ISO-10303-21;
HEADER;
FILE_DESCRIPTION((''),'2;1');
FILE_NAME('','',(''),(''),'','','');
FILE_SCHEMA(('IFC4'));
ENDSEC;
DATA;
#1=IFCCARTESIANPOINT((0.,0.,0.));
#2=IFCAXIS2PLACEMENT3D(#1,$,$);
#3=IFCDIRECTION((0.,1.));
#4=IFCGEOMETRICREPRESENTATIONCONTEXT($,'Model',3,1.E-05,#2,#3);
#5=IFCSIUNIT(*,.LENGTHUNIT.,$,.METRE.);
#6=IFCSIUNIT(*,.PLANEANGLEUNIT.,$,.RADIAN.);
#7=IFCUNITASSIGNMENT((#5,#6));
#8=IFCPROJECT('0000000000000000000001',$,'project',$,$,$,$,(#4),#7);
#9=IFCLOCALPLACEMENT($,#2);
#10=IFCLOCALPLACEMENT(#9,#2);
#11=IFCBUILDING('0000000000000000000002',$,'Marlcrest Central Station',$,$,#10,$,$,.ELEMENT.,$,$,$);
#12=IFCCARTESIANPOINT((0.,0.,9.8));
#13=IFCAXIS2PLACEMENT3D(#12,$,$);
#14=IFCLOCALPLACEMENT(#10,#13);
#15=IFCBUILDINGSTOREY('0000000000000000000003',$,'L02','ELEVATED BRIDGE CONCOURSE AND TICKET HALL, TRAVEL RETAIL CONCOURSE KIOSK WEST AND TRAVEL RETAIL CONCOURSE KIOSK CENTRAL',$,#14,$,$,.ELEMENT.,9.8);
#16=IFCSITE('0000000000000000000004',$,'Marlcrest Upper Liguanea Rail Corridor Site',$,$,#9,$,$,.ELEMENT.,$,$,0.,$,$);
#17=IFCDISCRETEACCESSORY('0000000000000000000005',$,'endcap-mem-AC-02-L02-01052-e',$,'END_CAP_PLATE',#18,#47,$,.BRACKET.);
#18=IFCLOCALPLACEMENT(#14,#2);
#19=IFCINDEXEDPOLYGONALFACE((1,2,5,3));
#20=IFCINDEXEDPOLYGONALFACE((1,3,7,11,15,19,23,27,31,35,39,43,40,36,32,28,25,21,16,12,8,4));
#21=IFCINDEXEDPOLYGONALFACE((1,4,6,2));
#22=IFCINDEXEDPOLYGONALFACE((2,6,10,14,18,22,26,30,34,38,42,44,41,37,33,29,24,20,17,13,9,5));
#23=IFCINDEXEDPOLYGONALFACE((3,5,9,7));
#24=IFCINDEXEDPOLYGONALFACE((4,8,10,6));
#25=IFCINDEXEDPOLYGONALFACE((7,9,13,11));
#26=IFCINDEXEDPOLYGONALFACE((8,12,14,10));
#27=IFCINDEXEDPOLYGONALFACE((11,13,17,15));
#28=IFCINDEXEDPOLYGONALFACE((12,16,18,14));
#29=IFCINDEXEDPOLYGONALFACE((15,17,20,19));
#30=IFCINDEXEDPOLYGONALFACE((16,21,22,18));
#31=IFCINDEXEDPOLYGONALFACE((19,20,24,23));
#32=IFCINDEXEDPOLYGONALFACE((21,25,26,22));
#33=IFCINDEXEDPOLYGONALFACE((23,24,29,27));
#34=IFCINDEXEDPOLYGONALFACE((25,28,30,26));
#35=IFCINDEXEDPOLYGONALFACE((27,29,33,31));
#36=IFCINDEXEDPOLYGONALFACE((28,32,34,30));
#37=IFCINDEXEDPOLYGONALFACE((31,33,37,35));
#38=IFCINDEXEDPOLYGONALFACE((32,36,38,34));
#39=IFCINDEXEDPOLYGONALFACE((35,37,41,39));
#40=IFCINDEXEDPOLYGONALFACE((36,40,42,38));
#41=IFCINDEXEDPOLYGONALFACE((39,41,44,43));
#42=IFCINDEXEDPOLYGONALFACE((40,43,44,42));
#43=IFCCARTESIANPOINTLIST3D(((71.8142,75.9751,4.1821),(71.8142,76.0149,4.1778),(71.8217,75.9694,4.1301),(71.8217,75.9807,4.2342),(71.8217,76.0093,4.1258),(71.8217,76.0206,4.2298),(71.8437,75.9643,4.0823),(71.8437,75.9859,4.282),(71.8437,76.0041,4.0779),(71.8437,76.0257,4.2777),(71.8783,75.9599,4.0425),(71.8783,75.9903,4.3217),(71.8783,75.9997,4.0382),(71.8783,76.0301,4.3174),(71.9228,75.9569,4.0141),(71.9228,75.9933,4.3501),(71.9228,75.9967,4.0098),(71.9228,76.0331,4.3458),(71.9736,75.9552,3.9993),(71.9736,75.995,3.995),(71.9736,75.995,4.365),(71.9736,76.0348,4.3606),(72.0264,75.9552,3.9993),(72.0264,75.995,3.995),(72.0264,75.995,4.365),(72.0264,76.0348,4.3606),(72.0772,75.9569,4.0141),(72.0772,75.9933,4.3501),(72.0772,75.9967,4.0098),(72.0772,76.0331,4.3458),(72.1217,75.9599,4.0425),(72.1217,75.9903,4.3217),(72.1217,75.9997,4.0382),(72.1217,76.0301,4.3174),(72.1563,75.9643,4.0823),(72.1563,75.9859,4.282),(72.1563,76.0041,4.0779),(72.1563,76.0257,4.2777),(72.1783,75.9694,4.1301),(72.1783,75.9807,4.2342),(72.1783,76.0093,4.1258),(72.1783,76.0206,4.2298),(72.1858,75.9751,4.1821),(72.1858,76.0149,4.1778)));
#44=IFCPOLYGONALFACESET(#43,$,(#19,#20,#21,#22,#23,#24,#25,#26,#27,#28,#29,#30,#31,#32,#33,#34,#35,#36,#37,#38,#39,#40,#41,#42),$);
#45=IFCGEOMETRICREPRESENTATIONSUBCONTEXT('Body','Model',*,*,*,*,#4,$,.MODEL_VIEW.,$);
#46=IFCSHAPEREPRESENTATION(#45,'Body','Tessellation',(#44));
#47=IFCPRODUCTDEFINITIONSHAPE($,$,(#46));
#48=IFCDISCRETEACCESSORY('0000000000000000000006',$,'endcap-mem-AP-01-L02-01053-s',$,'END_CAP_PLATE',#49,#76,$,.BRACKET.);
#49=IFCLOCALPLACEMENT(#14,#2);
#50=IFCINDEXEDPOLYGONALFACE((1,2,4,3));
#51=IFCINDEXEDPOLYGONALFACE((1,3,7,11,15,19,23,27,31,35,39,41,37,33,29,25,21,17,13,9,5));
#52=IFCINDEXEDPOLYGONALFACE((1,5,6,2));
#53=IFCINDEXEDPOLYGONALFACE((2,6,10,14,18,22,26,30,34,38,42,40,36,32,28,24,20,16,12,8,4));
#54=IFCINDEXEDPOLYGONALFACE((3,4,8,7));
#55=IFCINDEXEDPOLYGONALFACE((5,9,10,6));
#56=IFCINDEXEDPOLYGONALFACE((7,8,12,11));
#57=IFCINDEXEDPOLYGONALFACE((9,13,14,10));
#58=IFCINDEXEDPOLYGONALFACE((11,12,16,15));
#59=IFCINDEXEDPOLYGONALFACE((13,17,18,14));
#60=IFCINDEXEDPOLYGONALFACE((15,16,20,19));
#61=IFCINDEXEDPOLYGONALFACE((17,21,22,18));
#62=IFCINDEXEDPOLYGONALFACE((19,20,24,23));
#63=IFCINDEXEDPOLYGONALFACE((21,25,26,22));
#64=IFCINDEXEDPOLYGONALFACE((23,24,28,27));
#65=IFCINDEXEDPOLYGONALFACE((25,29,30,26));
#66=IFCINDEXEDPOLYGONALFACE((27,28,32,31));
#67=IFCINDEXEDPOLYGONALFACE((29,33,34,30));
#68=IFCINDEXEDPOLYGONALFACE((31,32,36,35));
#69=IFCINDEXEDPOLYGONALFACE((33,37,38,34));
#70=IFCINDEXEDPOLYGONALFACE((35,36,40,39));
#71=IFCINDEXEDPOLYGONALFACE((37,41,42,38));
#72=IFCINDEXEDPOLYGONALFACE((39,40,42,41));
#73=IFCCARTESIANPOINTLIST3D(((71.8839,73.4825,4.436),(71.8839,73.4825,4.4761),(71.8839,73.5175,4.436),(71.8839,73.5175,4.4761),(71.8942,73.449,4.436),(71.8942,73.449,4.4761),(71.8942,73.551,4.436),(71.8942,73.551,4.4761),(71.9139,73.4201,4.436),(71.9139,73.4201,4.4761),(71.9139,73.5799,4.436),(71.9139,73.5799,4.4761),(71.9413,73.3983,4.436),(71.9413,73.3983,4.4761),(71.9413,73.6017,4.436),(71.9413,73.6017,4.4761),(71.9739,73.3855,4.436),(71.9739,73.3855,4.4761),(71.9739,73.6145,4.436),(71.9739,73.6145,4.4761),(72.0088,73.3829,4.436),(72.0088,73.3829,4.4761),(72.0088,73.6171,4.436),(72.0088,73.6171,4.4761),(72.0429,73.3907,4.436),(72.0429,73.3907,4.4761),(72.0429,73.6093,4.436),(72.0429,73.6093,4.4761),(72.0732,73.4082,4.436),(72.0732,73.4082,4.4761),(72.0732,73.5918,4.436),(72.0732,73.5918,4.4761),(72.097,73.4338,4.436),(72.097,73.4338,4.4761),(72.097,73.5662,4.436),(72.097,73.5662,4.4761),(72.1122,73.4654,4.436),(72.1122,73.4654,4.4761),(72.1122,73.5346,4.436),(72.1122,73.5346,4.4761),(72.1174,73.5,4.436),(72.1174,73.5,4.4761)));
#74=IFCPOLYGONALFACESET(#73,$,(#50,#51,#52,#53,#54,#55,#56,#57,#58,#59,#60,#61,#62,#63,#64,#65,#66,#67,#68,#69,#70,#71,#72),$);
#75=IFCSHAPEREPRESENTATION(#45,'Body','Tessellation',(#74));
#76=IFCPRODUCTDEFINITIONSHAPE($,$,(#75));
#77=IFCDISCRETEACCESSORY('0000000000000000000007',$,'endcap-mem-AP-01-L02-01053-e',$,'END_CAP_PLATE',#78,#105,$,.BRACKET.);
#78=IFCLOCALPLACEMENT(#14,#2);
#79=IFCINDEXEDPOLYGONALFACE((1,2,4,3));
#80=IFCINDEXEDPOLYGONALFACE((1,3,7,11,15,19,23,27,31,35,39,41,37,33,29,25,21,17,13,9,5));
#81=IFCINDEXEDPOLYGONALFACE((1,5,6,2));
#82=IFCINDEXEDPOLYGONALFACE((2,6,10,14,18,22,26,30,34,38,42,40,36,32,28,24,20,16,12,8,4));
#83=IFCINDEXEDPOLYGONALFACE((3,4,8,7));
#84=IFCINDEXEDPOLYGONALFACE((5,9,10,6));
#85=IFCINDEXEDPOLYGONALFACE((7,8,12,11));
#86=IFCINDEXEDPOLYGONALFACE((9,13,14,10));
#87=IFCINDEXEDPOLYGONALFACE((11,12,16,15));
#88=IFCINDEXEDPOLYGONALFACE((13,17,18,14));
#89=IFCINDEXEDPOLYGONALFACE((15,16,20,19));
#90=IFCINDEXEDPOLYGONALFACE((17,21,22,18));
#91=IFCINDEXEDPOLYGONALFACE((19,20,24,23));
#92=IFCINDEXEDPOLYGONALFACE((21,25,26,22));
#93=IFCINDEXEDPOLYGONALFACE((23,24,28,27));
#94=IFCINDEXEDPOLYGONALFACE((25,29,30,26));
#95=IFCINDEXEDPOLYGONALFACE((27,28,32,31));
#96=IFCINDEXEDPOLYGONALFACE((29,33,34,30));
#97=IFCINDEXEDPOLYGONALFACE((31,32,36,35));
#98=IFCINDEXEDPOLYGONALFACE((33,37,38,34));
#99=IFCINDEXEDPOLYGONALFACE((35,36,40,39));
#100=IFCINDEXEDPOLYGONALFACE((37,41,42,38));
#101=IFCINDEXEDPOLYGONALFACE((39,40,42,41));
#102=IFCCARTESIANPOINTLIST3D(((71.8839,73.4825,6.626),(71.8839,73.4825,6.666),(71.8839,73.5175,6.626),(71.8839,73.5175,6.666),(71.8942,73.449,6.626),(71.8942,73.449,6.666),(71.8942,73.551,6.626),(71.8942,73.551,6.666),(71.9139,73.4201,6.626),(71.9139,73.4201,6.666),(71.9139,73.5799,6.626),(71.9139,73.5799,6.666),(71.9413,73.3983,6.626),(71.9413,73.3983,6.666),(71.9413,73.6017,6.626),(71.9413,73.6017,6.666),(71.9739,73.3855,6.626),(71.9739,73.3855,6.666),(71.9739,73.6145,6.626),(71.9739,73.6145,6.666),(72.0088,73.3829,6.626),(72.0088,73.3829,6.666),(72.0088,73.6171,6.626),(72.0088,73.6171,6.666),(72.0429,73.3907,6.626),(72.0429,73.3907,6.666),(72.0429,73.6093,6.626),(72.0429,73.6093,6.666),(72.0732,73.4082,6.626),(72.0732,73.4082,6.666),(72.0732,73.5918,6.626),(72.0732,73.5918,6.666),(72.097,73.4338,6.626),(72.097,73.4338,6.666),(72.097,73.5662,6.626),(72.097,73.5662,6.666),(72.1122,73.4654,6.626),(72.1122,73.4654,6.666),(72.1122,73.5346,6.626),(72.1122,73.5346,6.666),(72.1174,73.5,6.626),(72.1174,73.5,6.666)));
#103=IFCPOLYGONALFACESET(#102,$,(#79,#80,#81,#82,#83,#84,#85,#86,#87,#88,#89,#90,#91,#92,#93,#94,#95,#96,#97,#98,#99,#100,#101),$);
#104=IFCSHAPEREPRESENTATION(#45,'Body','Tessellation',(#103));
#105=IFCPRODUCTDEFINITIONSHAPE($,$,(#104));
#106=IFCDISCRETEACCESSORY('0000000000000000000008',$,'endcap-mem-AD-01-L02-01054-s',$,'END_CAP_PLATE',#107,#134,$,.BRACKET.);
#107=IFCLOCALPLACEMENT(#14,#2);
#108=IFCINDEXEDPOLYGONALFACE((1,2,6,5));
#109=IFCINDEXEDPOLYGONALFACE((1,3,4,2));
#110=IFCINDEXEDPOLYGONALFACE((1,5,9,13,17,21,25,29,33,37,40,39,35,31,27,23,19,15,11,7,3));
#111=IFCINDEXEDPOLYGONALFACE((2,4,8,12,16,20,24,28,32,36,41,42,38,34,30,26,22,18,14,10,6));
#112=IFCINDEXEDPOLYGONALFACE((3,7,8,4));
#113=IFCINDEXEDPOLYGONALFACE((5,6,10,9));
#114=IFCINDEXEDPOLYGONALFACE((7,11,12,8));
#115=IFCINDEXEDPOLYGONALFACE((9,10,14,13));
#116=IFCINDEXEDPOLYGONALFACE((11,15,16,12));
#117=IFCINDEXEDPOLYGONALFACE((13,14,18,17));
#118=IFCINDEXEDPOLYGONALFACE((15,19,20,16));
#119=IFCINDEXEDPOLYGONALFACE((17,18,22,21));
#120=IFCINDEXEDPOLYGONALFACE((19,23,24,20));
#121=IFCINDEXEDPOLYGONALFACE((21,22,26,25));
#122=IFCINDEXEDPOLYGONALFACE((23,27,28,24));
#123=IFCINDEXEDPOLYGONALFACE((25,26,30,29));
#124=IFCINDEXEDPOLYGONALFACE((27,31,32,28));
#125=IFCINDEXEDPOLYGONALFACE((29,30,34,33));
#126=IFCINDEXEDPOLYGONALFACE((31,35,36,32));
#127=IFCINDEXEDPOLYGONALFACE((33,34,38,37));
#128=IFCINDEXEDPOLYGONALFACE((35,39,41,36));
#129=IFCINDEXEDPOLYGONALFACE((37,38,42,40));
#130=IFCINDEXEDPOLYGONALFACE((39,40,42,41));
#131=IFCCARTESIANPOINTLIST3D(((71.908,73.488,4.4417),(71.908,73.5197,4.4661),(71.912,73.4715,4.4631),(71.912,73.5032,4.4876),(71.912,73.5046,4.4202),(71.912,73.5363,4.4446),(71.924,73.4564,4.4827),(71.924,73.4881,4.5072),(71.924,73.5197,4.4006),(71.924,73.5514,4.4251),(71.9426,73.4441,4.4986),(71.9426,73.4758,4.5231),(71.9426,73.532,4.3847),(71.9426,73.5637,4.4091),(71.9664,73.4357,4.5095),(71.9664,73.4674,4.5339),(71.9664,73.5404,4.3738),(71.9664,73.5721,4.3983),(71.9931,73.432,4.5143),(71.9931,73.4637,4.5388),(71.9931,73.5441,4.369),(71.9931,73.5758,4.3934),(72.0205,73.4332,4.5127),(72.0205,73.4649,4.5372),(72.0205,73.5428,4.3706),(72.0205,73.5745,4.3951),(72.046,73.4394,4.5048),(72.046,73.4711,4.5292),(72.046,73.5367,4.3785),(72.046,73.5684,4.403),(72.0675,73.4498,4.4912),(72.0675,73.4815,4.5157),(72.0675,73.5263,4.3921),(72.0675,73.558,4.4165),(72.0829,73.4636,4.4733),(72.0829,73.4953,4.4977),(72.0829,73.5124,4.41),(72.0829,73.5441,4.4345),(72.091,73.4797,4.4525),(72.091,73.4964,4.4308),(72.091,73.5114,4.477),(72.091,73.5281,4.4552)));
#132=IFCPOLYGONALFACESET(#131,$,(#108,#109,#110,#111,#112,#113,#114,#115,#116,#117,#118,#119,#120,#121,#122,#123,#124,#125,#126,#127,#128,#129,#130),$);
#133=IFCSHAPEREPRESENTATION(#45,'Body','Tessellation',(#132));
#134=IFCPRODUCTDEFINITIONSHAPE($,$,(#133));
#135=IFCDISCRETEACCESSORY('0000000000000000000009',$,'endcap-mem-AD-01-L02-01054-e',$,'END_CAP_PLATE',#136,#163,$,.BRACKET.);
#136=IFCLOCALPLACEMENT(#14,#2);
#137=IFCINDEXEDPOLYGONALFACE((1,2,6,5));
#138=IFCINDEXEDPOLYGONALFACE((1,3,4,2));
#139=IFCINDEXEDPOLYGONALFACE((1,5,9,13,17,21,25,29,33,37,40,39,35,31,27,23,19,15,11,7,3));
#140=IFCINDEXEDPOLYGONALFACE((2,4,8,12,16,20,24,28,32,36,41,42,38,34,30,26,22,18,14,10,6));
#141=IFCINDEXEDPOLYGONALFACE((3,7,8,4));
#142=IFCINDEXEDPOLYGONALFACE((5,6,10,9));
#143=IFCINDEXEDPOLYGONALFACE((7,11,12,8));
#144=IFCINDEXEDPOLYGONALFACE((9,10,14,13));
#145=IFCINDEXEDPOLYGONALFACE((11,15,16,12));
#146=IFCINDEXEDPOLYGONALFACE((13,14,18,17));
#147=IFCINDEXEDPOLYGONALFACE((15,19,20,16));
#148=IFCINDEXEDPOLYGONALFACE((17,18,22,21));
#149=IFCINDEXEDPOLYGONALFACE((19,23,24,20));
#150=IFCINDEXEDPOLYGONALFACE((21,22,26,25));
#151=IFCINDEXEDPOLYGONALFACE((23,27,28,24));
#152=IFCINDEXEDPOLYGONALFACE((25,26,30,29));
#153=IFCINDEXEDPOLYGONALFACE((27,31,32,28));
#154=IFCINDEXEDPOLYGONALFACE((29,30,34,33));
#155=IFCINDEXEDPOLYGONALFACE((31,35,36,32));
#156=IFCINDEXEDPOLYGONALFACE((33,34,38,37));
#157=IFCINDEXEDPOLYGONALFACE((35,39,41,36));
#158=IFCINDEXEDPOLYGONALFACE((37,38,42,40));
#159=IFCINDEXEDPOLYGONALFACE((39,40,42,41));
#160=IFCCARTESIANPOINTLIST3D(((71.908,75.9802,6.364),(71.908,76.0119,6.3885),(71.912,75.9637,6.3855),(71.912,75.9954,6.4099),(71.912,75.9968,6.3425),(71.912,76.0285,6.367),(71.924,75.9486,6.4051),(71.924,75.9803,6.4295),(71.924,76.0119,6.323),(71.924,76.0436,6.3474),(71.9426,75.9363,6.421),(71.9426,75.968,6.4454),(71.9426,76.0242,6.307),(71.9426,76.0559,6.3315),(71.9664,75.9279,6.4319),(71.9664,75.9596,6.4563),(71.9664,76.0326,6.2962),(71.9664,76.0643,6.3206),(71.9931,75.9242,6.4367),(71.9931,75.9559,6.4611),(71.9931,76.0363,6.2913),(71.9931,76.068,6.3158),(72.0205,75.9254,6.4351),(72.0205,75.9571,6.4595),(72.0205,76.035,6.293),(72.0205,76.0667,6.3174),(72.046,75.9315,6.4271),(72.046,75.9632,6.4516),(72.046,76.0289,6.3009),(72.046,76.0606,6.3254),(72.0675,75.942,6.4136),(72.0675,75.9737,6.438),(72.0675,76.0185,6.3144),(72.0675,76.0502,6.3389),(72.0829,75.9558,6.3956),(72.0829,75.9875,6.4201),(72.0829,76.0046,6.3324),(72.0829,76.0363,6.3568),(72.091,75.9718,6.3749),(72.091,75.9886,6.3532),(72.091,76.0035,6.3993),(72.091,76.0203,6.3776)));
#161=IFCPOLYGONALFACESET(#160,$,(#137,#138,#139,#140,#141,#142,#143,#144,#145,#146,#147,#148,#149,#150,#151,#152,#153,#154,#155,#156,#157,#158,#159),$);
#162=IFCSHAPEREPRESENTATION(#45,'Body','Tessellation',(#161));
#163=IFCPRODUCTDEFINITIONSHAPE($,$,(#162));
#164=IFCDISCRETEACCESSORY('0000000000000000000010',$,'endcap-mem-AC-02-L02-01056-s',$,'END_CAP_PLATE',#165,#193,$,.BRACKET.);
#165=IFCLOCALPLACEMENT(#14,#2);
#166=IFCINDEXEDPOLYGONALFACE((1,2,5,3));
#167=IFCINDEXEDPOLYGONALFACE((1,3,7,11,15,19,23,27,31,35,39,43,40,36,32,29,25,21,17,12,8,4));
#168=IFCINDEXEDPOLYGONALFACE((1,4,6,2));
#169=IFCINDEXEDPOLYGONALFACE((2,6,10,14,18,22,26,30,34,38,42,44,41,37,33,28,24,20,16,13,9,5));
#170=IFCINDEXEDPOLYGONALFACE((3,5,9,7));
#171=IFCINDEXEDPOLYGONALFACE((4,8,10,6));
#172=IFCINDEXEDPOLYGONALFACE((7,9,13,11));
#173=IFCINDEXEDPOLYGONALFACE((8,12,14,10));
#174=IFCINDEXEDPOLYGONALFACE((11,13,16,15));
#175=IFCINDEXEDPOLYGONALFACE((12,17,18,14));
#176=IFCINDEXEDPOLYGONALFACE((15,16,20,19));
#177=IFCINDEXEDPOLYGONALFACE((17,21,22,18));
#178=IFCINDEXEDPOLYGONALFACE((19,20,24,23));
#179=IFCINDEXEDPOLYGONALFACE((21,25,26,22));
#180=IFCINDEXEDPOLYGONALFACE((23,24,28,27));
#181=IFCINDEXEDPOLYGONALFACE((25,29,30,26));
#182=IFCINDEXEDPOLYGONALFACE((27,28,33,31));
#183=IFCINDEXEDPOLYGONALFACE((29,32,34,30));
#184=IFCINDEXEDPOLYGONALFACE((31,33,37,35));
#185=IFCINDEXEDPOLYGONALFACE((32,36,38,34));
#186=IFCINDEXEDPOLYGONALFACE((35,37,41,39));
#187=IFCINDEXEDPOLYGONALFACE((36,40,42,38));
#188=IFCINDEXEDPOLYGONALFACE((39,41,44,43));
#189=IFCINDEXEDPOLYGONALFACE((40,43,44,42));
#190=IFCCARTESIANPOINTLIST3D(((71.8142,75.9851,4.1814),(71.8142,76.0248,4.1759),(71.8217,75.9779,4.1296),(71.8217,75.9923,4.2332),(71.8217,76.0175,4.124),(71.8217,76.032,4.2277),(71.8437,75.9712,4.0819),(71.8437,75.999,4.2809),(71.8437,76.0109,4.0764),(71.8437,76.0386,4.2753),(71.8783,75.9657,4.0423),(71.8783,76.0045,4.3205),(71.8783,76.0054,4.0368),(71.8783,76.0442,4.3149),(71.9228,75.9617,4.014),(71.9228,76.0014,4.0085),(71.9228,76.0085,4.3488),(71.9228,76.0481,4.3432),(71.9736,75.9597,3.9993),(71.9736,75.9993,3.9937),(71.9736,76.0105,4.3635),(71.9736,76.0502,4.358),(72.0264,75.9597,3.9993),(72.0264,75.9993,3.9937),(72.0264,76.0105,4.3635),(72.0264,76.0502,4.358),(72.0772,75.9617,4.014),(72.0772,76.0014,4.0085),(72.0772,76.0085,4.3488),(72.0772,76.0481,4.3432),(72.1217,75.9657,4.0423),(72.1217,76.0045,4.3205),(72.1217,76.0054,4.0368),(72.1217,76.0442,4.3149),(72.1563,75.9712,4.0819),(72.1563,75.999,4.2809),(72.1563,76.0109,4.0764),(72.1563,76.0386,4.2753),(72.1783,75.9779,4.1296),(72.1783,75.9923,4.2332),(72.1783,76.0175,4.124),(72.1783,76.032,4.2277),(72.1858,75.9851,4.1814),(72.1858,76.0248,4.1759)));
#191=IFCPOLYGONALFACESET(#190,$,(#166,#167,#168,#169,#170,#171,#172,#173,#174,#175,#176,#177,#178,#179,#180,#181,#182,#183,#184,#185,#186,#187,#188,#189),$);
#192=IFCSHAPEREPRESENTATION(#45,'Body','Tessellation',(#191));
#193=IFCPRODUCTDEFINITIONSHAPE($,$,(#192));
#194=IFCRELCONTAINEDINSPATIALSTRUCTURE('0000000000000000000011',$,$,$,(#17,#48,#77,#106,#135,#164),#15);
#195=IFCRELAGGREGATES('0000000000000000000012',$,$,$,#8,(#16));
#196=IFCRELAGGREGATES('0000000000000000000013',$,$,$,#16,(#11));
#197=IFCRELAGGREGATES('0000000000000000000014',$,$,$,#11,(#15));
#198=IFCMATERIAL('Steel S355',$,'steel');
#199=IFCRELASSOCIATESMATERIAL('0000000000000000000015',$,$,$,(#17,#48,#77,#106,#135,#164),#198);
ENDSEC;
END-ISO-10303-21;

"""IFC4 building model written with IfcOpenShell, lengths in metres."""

from ifc_helpers import new_model, si_unit, direction, frame, origin, origin_2d, place, context, subcontext, project, spatial, circle, extrude, material, element, save


model = new_model("IFC4")

# Units and contexts
model_context = context("Model", 3, precision=1e-05, world=origin(), true_north=direction((0.0, 1.0)))
body_context = subcontext(model_context, "Body", "Model", "MODEL_VIEW")
ifc_project = project(units=[si_unit("LENGTHUNIT", "METRE"), si_unit("PLANEANGLEUNIT", "RADIAN")], contexts=[model_context])

# Site, building, storey
site_placement = place(None, origin())
site = spatial("IfcSite", under=ifc_project, at=site_placement, Name="Marlcrest Upper Liguanea Rail Corridor Site", CompositionType="ELEMENT", RefElevation=0.0)
building_placement = place(site_placement, origin())
building = spatial("IfcBuilding", under=site, at=building_placement, Name="Marlcrest Central Station", CompositionType="ELEMENT")
storey_placement = place(building_placement, frame((0.0, 0.0, 9.8)))
storey = spatial("IfcBuildingStorey", under=building, at=storey_placement, Name="L02", Description="ELEVATED BRIDGE CONCOURSE AND TICKET HALL, TRAVEL RETAIL CONCOURSE KIOSK WEST AND TRAVEL RETAIL CONCOURSE KIOSK CENTRAL", CompositionType="ELEMENT", Elevation=9.8)

# Shared definitions
ifc_material = material(Name="Steel S355", Category="steel")

# Discrete accessories
for number, where, z_axis, x_axis, name in (
    (1, (72.0, 75.9751, 4.1821), (0.0, 0.994155, -0.107959), (-1.0, 0.0, 0.0), "endcap-mem-AC-02-L02-01052-e"),
):
    element("IfcDiscreteAccessory", number, at=place(storey_placement, frame(where, z_axis=z_axis, x_axis=x_axis)), inside=storey, material=ifc_material, Name=name, ObjectType="END_CAP_PLATE", PredefinedType="BRACKET", context=body_context, shape_type="SweptSolid", body=[
        extrude(circle(Radius=0.1858, at=origin_2d()), origin(), (0.0, 0.0, 1.0), 0.04),
    ])
for number, where, z_axis, x_axis, name in (
    (2, (72.0, 73.5, 4.436), (0.0, 0.0, 1.0), (1.0, 0.0, 0.0), "endcap-mem-AP-01-L02-01053-s"),
    (3, (72.0, 73.5, 6.626), (0.0, 0.0, 1.0), (1.0, 0.0, 0.0), "endcap-mem-AP-01-L02-01053-e"),
):
    element("IfcDiscreteAccessory", number, at=place(storey_placement, frame(where, z_axis=z_axis, x_axis=x_axis)), inside=storey, material=ifc_material, Name=name, ObjectType="END_CAP_PLATE", PredefinedType="BRACKET", context=body_context, shape_type="SweptSolid", body=[
        extrude(circle(Radius=0.1174, at=origin_2d()), origin(), (0.0, 0.0, 1.0), 0.04),
    ])
for number, where, z_axis, x_axis, name in (
    (4, (72.0, 73.488, 4.4417), (0.0, 0.791798, 0.610783), (-1.0, 0.0, 0.0), "endcap-mem-AD-01-L02-01054-s"),
    (5, (72.0, 75.9802, 6.364), (0.0, 0.791798, 0.610783), (-1.0, 0.0, 0.0), "endcap-mem-AD-01-L02-01054-e"),
):
    element("IfcDiscreteAccessory", number, at=place(storey_placement, frame(where, z_axis=z_axis, x_axis=x_axis)), inside=storey, material=ifc_material, Name=name, ObjectType="END_CAP_PLATE", PredefinedType="BRACKET", context=body_context, shape_type="SweptSolid", body=[
        extrude(circle(Radius=0.092, at=origin_2d()), origin(), (0.0, 0.0, 1.0), 0.04),
    ])
for number, where, z_axis, x_axis, name in (
    (6, (72.0, 75.9851, 4.1814), (0.0, 0.990403, -0.138211), (-1.0, 0.0, 0.0), "endcap-mem-AC-02-L02-01056-s"),
):
    element("IfcDiscreteAccessory", number, at=place(storey_placement, frame(where, z_axis=z_axis, x_axis=x_axis)), inside=storey, material=ifc_material, Name=name, ObjectType="END_CAP_PLATE", PredefinedType="BRACKET", context=body_context, shape_type="SweptSolid", body=[
        extrude(circle(Radius=0.1858, at=origin_2d()), origin(), (0.0, 0.0, 1.0), 0.04),
    ])

save(model, "model.ifc")
